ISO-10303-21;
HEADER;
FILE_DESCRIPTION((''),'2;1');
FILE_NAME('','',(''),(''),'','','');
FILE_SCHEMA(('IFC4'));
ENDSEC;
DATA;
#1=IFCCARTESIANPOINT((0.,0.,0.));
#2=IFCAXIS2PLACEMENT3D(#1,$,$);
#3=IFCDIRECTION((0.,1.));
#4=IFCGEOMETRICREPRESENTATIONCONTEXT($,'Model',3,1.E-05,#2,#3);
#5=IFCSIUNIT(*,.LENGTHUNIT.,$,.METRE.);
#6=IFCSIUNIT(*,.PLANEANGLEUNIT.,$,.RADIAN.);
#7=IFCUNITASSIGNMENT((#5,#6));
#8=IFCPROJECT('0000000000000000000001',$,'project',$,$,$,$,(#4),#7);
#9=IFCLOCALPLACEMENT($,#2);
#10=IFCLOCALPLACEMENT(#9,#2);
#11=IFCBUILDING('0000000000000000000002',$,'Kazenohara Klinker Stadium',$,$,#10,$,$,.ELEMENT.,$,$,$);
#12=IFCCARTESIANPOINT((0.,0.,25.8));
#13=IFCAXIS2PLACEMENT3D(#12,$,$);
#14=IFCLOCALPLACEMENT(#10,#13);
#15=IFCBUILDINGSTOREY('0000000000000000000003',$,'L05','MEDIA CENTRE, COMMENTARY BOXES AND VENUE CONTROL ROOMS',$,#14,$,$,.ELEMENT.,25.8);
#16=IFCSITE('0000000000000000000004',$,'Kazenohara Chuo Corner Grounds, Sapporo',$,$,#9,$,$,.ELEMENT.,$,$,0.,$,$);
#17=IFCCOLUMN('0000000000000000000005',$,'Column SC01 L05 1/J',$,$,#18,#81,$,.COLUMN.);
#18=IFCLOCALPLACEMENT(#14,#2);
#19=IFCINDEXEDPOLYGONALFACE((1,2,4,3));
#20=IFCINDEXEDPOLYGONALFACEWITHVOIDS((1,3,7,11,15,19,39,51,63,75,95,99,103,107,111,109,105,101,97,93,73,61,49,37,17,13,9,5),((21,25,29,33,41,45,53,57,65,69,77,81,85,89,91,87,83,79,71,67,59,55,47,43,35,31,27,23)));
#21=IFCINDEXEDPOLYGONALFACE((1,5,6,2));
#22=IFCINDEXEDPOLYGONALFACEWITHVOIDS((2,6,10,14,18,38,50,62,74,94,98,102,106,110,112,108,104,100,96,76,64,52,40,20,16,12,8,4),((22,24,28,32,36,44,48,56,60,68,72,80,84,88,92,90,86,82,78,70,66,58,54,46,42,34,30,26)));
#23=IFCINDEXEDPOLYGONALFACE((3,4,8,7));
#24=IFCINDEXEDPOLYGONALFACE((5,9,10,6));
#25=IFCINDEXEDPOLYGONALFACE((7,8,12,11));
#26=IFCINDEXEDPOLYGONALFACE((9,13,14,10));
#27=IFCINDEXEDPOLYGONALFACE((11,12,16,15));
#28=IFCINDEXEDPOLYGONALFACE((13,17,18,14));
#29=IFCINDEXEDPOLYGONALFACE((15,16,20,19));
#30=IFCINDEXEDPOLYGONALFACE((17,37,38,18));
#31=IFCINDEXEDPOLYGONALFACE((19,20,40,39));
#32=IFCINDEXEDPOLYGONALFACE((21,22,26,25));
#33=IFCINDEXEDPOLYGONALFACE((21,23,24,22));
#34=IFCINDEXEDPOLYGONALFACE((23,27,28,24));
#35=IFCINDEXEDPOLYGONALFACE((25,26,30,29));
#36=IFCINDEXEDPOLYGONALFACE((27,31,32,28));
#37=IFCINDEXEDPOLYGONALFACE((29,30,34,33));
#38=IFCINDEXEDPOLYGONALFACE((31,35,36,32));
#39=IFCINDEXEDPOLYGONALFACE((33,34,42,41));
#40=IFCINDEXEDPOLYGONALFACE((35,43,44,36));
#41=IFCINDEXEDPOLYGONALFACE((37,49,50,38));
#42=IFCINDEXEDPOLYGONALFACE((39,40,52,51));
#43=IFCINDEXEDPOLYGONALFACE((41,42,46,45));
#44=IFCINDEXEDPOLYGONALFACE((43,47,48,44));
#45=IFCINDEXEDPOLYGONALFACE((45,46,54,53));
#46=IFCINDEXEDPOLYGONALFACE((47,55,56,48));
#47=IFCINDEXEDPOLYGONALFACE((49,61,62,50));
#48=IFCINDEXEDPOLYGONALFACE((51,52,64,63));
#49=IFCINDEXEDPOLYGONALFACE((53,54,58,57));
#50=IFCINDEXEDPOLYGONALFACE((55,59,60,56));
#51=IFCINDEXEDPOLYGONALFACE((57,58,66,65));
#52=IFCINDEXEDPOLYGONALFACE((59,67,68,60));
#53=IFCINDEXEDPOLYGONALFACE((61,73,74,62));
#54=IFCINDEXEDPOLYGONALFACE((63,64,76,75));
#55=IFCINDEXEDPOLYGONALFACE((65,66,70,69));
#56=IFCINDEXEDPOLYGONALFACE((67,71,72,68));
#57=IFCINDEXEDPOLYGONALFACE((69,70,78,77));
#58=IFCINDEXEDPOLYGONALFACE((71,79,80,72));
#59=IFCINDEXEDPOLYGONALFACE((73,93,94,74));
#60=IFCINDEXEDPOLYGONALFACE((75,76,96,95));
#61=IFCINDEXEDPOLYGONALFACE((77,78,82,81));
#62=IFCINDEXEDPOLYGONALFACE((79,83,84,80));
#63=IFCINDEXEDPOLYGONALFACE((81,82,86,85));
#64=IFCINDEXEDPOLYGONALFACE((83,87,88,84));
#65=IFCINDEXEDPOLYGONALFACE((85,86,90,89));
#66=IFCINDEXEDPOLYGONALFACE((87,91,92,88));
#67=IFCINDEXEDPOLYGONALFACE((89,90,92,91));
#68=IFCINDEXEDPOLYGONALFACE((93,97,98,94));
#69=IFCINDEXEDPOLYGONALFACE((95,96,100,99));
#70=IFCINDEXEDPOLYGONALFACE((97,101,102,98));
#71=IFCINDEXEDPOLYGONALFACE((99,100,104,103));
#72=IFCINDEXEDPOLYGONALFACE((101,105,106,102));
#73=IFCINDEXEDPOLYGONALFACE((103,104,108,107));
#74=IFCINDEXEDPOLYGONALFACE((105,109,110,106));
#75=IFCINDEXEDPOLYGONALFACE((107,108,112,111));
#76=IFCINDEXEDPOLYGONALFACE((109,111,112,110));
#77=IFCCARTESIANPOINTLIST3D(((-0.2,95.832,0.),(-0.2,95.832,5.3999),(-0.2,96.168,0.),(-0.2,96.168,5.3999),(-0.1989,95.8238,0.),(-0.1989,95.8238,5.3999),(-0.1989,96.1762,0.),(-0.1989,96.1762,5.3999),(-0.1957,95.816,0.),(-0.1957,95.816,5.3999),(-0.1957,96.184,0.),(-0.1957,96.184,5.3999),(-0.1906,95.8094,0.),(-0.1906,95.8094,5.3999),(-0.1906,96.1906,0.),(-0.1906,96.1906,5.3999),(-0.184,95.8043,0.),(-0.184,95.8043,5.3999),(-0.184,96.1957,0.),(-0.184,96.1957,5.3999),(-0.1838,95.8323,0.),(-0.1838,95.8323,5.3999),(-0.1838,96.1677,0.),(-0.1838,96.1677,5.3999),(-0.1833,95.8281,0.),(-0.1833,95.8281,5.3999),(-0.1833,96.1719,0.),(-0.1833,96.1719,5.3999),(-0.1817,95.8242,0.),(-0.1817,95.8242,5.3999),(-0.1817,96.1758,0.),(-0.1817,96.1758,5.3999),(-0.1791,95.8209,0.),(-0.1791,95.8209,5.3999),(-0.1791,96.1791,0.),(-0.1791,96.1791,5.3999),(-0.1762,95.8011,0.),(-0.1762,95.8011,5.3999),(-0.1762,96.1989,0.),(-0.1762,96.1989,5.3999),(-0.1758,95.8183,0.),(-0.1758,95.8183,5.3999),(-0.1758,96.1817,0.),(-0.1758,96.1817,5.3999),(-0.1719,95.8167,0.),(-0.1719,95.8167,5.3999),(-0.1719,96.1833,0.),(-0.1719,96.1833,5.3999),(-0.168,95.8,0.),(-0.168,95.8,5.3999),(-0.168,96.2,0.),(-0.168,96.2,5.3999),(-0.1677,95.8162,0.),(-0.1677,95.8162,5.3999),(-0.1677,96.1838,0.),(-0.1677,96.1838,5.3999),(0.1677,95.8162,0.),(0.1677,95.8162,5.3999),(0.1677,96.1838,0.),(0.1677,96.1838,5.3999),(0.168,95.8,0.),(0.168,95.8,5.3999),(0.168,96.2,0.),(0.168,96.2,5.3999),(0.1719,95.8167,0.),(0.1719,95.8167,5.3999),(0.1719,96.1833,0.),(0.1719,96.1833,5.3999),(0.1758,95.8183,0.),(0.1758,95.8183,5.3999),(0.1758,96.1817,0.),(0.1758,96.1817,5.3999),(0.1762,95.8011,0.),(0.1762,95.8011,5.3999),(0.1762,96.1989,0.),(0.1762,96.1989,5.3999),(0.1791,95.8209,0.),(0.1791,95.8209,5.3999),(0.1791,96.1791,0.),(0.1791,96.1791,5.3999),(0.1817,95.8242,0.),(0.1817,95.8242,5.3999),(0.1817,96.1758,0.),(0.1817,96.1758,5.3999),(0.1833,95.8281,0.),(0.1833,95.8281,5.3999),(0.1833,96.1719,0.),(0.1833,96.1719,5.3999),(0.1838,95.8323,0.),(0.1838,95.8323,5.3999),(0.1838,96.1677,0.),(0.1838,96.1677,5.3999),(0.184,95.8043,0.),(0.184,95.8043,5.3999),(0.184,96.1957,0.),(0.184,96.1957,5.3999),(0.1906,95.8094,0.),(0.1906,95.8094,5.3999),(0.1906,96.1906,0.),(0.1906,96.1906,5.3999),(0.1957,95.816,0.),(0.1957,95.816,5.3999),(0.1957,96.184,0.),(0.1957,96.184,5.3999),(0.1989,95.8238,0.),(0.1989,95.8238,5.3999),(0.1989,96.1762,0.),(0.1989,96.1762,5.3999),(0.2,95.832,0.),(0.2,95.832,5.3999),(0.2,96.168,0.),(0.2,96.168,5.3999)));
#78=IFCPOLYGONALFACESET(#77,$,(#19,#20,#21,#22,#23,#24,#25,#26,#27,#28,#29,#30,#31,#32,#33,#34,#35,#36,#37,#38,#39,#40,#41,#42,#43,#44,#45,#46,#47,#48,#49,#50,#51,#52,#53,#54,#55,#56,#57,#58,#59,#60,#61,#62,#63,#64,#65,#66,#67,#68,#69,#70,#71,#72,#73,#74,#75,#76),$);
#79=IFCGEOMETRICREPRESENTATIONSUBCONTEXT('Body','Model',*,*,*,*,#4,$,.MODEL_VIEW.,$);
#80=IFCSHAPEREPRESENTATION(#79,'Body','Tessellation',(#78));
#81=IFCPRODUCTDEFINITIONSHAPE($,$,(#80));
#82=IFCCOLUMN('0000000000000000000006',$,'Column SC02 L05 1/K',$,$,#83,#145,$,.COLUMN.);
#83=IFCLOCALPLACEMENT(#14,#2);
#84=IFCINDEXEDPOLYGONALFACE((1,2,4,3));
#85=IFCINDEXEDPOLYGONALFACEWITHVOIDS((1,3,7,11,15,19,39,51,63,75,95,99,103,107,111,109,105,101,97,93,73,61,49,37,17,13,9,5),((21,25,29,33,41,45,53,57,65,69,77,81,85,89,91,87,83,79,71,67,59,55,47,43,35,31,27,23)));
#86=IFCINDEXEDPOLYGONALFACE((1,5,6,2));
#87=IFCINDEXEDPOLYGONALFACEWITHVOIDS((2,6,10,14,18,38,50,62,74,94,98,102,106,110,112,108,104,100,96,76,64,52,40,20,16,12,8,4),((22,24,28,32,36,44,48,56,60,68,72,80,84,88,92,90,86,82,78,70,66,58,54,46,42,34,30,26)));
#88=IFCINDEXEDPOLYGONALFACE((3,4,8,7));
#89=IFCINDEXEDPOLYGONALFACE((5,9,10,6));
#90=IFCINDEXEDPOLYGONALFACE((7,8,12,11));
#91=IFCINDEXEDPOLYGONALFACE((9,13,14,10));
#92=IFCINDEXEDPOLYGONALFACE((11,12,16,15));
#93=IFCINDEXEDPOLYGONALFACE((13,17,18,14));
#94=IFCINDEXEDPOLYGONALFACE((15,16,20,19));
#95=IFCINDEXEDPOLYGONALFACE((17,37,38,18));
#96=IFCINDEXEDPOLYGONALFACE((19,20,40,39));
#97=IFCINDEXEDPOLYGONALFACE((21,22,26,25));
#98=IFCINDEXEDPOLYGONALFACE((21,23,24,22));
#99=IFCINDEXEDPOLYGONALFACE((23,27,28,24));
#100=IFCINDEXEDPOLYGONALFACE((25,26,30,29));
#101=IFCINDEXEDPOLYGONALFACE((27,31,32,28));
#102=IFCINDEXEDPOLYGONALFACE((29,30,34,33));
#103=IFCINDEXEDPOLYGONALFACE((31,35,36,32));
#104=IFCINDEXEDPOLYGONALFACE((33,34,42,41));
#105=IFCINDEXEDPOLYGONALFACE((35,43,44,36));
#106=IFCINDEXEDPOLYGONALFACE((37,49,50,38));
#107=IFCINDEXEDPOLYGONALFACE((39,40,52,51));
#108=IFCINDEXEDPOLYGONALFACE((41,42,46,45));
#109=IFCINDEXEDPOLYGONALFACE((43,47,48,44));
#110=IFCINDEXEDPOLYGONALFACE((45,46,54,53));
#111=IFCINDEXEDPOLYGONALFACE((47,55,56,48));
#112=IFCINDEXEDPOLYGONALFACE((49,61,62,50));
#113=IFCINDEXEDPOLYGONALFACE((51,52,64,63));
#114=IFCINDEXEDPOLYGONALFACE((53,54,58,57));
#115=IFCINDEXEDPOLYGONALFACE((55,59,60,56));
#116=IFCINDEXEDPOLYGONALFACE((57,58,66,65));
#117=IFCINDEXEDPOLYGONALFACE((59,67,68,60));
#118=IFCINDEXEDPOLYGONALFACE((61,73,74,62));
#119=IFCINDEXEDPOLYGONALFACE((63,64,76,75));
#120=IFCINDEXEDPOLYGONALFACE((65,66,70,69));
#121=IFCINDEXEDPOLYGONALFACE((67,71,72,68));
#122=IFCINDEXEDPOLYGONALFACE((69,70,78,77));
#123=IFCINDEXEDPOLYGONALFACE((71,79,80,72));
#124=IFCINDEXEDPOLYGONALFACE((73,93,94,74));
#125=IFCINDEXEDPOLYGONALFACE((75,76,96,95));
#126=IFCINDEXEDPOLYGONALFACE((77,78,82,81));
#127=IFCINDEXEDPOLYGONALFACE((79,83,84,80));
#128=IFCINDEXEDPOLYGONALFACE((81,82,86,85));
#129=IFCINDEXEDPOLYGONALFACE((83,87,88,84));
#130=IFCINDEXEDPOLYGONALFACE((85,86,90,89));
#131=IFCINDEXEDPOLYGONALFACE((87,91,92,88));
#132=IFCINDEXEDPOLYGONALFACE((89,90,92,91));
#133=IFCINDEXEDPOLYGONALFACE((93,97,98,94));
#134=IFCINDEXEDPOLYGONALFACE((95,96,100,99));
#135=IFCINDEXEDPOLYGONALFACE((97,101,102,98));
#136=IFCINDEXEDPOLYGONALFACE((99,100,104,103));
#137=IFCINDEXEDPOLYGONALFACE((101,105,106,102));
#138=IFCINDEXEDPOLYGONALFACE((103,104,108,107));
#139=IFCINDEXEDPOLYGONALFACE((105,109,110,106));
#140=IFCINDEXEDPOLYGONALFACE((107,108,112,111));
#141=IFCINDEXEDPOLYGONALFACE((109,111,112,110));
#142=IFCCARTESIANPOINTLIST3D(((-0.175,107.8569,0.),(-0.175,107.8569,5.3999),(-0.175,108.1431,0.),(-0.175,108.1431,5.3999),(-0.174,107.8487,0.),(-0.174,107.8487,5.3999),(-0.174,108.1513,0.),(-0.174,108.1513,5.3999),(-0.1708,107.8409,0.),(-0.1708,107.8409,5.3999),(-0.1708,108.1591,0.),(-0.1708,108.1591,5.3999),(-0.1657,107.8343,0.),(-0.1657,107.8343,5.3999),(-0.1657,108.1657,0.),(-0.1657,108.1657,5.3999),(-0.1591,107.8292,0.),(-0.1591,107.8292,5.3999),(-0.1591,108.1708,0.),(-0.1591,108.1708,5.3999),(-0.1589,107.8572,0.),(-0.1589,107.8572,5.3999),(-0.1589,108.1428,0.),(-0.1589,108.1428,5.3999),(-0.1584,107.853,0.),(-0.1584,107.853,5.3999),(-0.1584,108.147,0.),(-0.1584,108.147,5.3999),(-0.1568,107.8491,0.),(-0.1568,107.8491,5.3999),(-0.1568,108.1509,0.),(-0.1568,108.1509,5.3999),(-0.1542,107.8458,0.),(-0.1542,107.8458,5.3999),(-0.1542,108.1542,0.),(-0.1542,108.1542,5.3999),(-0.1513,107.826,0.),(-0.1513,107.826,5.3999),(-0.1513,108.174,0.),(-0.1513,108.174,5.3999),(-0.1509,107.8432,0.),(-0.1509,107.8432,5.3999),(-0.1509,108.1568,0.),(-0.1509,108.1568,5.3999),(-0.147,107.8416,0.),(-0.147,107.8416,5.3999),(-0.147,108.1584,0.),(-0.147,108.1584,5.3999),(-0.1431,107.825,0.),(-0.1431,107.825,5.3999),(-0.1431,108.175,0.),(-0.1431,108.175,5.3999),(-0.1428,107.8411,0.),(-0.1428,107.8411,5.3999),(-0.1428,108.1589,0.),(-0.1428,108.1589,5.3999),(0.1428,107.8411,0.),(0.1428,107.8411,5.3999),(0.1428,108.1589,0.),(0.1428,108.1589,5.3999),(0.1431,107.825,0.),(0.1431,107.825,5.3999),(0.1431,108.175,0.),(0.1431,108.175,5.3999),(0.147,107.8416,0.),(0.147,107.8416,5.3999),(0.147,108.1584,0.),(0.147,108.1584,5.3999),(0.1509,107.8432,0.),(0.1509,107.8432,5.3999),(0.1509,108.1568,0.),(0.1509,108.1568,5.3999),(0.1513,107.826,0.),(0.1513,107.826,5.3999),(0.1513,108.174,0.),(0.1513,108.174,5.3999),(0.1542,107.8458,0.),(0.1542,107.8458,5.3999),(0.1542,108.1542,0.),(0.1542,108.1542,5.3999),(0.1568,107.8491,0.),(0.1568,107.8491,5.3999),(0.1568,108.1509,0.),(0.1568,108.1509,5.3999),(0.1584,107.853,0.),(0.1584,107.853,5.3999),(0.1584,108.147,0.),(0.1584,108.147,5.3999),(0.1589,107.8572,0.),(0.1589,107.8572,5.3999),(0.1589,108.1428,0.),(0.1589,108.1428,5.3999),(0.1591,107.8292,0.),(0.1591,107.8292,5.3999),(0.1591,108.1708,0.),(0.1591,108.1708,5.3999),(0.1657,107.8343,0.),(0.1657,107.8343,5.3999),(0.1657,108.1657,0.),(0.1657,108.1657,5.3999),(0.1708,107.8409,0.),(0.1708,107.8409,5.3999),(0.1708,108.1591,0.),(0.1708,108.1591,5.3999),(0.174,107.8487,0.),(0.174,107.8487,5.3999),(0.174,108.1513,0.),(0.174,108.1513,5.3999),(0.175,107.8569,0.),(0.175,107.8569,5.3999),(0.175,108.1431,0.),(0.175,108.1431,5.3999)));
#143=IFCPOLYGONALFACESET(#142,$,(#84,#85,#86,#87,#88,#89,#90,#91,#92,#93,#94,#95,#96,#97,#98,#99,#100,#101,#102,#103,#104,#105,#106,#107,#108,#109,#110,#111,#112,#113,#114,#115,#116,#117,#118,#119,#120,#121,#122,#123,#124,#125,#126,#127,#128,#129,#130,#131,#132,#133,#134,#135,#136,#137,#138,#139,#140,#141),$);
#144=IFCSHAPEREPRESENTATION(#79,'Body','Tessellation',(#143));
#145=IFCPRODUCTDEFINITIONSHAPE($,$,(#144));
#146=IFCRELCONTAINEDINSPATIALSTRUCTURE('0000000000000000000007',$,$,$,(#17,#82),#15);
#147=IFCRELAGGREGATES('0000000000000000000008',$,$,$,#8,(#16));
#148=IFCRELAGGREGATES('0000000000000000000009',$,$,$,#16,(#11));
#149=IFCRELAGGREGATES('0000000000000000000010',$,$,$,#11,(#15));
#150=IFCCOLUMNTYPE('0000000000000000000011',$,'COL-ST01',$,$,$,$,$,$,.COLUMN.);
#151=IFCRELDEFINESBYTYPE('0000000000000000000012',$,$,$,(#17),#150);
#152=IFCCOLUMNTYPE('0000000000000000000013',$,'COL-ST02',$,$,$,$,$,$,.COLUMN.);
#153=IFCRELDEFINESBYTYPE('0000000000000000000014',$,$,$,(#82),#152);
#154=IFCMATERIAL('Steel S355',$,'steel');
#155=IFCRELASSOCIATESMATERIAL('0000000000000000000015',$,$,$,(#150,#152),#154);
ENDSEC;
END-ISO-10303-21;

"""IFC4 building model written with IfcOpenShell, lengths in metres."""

from ifc_helpers import new_model, si_unit, direction, frame, origin, origin_2d, place, context, subcontext, project, spatial, hollow_rectangle, extrude, material, material_profile, profile_set, type_object, element, save


model = new_model("IFC4")

# Units and contexts
model_context = context("Model", 3, precision=1e-05, world=origin(), true_north=direction((0.0, 1.0)))
body_context = subcontext(model_context, "Body", "Model", "MODEL_VIEW")
ifc_project = project(units=[si_unit("LENGTHUNIT", "METRE"), si_unit("PLANEANGLEUNIT", "RADIAN")], contexts=[model_context])

# Site, building, storey
site_placement = place(None, origin())
site = spatial("IfcSite", under=ifc_project, at=site_placement, Name="Kazenohara Chuo Corner Grounds, Sapporo", CompositionType="ELEMENT", RefElevation=0.0)
building_placement = place(site_placement, origin())
building = spatial("IfcBuilding", under=site, at=building_placement, Name="Kazenohara Klinker Stadium", CompositionType="ELEMENT")
storey_placement = place(building_placement, frame((0.0, 0.0, 25.8)))
storey = spatial("IfcBuildingStorey", under=building, at=storey_placement, Name="L05", Description="MEDIA CENTRE, COMMENTARY BOXES AND VENUE CONTROL ROOMS", CompositionType="ELEMENT", Elevation=25.8)

# Columns
ifc_material_1 = material(Name="Steel S355", Category="steel")
ifc_material_profile_1 = material_profile(ifc_material_1, hollow_rectangle(XDim=0.3999, YDim=0.3999, WallThickness=0.0161, InnerFilletRadius=0.0161, OuterFilletRadius=0.032, at=origin_2d()), Name="SHS-400x400x16")
ifc_profile_set_1 = profile_set([ifc_material_profile_1], Name="Steel S355")
column_type_1 = type_object("IfcColumnType", Name="COL-ST01", PredefinedType="COLUMN", material=ifc_profile_set_1)
column_placement = place(storey_placement, frame((0.0, 96.0, 0.0), z_axis=(0.0, 0.0, 1.0), x_axis=(1.0, 0.0, 0.0)))
element("IfcColumn", 1, at=column_placement, inside=storey, type_object=column_type_1, Name="Column SC01 L05 1/J", PredefinedType="COLUMN", context=body_context, shape_type="SweptSolid", body=[
    extrude(hollow_rectangle(XDim=0.3999, YDim=0.3999, WallThickness=0.0161, InnerFilletRadius=0.0161, OuterFilletRadius=0.032, at=origin_2d()), origin(), (0.0, 0.0, 1.0), 5.3999),
])
ifc_material_profile_2 = material_profile(ifc_material_1, hollow_rectangle(XDim=0.3501, YDim=0.3501, WallThickness=0.0161, InnerFilletRadius=0.0161, OuterFilletRadius=0.032, at=origin_2d()), Name="SHS-350x350x16")
ifc_profile_set_2 = profile_set([ifc_material_profile_2], Name="Steel S355")
column_type_2 = type_object("IfcColumnType", Name="COL-ST02", PredefinedType="COLUMN", material=ifc_profile_set_2)
for number, where, z_axis, x_axis, name in (
    (2, (0.0, 108.0, 0.0), (0.0, 0.0, 1.0), (1.0, 0.0, 0.0), "Column SC02 L05 1/K"),
):
    element("IfcColumn", number, at=place(storey_placement, frame(where, z_axis=z_axis, x_axis=x_axis)), inside=storey, type_object=column_type_2, Name=name, PredefinedType="COLUMN", context=body_context, shape_type="SweptSolid", body=[
        extrude(hollow_rectangle(XDim=0.3501, YDim=0.3501, WallThickness=0.0161, InnerFilletRadius=0.0161, OuterFilletRadius=0.032, at=origin_2d()), origin(), (0.0, 0.0, 1.0), 5.3999),
    ])

save(model, "model.ifc")
